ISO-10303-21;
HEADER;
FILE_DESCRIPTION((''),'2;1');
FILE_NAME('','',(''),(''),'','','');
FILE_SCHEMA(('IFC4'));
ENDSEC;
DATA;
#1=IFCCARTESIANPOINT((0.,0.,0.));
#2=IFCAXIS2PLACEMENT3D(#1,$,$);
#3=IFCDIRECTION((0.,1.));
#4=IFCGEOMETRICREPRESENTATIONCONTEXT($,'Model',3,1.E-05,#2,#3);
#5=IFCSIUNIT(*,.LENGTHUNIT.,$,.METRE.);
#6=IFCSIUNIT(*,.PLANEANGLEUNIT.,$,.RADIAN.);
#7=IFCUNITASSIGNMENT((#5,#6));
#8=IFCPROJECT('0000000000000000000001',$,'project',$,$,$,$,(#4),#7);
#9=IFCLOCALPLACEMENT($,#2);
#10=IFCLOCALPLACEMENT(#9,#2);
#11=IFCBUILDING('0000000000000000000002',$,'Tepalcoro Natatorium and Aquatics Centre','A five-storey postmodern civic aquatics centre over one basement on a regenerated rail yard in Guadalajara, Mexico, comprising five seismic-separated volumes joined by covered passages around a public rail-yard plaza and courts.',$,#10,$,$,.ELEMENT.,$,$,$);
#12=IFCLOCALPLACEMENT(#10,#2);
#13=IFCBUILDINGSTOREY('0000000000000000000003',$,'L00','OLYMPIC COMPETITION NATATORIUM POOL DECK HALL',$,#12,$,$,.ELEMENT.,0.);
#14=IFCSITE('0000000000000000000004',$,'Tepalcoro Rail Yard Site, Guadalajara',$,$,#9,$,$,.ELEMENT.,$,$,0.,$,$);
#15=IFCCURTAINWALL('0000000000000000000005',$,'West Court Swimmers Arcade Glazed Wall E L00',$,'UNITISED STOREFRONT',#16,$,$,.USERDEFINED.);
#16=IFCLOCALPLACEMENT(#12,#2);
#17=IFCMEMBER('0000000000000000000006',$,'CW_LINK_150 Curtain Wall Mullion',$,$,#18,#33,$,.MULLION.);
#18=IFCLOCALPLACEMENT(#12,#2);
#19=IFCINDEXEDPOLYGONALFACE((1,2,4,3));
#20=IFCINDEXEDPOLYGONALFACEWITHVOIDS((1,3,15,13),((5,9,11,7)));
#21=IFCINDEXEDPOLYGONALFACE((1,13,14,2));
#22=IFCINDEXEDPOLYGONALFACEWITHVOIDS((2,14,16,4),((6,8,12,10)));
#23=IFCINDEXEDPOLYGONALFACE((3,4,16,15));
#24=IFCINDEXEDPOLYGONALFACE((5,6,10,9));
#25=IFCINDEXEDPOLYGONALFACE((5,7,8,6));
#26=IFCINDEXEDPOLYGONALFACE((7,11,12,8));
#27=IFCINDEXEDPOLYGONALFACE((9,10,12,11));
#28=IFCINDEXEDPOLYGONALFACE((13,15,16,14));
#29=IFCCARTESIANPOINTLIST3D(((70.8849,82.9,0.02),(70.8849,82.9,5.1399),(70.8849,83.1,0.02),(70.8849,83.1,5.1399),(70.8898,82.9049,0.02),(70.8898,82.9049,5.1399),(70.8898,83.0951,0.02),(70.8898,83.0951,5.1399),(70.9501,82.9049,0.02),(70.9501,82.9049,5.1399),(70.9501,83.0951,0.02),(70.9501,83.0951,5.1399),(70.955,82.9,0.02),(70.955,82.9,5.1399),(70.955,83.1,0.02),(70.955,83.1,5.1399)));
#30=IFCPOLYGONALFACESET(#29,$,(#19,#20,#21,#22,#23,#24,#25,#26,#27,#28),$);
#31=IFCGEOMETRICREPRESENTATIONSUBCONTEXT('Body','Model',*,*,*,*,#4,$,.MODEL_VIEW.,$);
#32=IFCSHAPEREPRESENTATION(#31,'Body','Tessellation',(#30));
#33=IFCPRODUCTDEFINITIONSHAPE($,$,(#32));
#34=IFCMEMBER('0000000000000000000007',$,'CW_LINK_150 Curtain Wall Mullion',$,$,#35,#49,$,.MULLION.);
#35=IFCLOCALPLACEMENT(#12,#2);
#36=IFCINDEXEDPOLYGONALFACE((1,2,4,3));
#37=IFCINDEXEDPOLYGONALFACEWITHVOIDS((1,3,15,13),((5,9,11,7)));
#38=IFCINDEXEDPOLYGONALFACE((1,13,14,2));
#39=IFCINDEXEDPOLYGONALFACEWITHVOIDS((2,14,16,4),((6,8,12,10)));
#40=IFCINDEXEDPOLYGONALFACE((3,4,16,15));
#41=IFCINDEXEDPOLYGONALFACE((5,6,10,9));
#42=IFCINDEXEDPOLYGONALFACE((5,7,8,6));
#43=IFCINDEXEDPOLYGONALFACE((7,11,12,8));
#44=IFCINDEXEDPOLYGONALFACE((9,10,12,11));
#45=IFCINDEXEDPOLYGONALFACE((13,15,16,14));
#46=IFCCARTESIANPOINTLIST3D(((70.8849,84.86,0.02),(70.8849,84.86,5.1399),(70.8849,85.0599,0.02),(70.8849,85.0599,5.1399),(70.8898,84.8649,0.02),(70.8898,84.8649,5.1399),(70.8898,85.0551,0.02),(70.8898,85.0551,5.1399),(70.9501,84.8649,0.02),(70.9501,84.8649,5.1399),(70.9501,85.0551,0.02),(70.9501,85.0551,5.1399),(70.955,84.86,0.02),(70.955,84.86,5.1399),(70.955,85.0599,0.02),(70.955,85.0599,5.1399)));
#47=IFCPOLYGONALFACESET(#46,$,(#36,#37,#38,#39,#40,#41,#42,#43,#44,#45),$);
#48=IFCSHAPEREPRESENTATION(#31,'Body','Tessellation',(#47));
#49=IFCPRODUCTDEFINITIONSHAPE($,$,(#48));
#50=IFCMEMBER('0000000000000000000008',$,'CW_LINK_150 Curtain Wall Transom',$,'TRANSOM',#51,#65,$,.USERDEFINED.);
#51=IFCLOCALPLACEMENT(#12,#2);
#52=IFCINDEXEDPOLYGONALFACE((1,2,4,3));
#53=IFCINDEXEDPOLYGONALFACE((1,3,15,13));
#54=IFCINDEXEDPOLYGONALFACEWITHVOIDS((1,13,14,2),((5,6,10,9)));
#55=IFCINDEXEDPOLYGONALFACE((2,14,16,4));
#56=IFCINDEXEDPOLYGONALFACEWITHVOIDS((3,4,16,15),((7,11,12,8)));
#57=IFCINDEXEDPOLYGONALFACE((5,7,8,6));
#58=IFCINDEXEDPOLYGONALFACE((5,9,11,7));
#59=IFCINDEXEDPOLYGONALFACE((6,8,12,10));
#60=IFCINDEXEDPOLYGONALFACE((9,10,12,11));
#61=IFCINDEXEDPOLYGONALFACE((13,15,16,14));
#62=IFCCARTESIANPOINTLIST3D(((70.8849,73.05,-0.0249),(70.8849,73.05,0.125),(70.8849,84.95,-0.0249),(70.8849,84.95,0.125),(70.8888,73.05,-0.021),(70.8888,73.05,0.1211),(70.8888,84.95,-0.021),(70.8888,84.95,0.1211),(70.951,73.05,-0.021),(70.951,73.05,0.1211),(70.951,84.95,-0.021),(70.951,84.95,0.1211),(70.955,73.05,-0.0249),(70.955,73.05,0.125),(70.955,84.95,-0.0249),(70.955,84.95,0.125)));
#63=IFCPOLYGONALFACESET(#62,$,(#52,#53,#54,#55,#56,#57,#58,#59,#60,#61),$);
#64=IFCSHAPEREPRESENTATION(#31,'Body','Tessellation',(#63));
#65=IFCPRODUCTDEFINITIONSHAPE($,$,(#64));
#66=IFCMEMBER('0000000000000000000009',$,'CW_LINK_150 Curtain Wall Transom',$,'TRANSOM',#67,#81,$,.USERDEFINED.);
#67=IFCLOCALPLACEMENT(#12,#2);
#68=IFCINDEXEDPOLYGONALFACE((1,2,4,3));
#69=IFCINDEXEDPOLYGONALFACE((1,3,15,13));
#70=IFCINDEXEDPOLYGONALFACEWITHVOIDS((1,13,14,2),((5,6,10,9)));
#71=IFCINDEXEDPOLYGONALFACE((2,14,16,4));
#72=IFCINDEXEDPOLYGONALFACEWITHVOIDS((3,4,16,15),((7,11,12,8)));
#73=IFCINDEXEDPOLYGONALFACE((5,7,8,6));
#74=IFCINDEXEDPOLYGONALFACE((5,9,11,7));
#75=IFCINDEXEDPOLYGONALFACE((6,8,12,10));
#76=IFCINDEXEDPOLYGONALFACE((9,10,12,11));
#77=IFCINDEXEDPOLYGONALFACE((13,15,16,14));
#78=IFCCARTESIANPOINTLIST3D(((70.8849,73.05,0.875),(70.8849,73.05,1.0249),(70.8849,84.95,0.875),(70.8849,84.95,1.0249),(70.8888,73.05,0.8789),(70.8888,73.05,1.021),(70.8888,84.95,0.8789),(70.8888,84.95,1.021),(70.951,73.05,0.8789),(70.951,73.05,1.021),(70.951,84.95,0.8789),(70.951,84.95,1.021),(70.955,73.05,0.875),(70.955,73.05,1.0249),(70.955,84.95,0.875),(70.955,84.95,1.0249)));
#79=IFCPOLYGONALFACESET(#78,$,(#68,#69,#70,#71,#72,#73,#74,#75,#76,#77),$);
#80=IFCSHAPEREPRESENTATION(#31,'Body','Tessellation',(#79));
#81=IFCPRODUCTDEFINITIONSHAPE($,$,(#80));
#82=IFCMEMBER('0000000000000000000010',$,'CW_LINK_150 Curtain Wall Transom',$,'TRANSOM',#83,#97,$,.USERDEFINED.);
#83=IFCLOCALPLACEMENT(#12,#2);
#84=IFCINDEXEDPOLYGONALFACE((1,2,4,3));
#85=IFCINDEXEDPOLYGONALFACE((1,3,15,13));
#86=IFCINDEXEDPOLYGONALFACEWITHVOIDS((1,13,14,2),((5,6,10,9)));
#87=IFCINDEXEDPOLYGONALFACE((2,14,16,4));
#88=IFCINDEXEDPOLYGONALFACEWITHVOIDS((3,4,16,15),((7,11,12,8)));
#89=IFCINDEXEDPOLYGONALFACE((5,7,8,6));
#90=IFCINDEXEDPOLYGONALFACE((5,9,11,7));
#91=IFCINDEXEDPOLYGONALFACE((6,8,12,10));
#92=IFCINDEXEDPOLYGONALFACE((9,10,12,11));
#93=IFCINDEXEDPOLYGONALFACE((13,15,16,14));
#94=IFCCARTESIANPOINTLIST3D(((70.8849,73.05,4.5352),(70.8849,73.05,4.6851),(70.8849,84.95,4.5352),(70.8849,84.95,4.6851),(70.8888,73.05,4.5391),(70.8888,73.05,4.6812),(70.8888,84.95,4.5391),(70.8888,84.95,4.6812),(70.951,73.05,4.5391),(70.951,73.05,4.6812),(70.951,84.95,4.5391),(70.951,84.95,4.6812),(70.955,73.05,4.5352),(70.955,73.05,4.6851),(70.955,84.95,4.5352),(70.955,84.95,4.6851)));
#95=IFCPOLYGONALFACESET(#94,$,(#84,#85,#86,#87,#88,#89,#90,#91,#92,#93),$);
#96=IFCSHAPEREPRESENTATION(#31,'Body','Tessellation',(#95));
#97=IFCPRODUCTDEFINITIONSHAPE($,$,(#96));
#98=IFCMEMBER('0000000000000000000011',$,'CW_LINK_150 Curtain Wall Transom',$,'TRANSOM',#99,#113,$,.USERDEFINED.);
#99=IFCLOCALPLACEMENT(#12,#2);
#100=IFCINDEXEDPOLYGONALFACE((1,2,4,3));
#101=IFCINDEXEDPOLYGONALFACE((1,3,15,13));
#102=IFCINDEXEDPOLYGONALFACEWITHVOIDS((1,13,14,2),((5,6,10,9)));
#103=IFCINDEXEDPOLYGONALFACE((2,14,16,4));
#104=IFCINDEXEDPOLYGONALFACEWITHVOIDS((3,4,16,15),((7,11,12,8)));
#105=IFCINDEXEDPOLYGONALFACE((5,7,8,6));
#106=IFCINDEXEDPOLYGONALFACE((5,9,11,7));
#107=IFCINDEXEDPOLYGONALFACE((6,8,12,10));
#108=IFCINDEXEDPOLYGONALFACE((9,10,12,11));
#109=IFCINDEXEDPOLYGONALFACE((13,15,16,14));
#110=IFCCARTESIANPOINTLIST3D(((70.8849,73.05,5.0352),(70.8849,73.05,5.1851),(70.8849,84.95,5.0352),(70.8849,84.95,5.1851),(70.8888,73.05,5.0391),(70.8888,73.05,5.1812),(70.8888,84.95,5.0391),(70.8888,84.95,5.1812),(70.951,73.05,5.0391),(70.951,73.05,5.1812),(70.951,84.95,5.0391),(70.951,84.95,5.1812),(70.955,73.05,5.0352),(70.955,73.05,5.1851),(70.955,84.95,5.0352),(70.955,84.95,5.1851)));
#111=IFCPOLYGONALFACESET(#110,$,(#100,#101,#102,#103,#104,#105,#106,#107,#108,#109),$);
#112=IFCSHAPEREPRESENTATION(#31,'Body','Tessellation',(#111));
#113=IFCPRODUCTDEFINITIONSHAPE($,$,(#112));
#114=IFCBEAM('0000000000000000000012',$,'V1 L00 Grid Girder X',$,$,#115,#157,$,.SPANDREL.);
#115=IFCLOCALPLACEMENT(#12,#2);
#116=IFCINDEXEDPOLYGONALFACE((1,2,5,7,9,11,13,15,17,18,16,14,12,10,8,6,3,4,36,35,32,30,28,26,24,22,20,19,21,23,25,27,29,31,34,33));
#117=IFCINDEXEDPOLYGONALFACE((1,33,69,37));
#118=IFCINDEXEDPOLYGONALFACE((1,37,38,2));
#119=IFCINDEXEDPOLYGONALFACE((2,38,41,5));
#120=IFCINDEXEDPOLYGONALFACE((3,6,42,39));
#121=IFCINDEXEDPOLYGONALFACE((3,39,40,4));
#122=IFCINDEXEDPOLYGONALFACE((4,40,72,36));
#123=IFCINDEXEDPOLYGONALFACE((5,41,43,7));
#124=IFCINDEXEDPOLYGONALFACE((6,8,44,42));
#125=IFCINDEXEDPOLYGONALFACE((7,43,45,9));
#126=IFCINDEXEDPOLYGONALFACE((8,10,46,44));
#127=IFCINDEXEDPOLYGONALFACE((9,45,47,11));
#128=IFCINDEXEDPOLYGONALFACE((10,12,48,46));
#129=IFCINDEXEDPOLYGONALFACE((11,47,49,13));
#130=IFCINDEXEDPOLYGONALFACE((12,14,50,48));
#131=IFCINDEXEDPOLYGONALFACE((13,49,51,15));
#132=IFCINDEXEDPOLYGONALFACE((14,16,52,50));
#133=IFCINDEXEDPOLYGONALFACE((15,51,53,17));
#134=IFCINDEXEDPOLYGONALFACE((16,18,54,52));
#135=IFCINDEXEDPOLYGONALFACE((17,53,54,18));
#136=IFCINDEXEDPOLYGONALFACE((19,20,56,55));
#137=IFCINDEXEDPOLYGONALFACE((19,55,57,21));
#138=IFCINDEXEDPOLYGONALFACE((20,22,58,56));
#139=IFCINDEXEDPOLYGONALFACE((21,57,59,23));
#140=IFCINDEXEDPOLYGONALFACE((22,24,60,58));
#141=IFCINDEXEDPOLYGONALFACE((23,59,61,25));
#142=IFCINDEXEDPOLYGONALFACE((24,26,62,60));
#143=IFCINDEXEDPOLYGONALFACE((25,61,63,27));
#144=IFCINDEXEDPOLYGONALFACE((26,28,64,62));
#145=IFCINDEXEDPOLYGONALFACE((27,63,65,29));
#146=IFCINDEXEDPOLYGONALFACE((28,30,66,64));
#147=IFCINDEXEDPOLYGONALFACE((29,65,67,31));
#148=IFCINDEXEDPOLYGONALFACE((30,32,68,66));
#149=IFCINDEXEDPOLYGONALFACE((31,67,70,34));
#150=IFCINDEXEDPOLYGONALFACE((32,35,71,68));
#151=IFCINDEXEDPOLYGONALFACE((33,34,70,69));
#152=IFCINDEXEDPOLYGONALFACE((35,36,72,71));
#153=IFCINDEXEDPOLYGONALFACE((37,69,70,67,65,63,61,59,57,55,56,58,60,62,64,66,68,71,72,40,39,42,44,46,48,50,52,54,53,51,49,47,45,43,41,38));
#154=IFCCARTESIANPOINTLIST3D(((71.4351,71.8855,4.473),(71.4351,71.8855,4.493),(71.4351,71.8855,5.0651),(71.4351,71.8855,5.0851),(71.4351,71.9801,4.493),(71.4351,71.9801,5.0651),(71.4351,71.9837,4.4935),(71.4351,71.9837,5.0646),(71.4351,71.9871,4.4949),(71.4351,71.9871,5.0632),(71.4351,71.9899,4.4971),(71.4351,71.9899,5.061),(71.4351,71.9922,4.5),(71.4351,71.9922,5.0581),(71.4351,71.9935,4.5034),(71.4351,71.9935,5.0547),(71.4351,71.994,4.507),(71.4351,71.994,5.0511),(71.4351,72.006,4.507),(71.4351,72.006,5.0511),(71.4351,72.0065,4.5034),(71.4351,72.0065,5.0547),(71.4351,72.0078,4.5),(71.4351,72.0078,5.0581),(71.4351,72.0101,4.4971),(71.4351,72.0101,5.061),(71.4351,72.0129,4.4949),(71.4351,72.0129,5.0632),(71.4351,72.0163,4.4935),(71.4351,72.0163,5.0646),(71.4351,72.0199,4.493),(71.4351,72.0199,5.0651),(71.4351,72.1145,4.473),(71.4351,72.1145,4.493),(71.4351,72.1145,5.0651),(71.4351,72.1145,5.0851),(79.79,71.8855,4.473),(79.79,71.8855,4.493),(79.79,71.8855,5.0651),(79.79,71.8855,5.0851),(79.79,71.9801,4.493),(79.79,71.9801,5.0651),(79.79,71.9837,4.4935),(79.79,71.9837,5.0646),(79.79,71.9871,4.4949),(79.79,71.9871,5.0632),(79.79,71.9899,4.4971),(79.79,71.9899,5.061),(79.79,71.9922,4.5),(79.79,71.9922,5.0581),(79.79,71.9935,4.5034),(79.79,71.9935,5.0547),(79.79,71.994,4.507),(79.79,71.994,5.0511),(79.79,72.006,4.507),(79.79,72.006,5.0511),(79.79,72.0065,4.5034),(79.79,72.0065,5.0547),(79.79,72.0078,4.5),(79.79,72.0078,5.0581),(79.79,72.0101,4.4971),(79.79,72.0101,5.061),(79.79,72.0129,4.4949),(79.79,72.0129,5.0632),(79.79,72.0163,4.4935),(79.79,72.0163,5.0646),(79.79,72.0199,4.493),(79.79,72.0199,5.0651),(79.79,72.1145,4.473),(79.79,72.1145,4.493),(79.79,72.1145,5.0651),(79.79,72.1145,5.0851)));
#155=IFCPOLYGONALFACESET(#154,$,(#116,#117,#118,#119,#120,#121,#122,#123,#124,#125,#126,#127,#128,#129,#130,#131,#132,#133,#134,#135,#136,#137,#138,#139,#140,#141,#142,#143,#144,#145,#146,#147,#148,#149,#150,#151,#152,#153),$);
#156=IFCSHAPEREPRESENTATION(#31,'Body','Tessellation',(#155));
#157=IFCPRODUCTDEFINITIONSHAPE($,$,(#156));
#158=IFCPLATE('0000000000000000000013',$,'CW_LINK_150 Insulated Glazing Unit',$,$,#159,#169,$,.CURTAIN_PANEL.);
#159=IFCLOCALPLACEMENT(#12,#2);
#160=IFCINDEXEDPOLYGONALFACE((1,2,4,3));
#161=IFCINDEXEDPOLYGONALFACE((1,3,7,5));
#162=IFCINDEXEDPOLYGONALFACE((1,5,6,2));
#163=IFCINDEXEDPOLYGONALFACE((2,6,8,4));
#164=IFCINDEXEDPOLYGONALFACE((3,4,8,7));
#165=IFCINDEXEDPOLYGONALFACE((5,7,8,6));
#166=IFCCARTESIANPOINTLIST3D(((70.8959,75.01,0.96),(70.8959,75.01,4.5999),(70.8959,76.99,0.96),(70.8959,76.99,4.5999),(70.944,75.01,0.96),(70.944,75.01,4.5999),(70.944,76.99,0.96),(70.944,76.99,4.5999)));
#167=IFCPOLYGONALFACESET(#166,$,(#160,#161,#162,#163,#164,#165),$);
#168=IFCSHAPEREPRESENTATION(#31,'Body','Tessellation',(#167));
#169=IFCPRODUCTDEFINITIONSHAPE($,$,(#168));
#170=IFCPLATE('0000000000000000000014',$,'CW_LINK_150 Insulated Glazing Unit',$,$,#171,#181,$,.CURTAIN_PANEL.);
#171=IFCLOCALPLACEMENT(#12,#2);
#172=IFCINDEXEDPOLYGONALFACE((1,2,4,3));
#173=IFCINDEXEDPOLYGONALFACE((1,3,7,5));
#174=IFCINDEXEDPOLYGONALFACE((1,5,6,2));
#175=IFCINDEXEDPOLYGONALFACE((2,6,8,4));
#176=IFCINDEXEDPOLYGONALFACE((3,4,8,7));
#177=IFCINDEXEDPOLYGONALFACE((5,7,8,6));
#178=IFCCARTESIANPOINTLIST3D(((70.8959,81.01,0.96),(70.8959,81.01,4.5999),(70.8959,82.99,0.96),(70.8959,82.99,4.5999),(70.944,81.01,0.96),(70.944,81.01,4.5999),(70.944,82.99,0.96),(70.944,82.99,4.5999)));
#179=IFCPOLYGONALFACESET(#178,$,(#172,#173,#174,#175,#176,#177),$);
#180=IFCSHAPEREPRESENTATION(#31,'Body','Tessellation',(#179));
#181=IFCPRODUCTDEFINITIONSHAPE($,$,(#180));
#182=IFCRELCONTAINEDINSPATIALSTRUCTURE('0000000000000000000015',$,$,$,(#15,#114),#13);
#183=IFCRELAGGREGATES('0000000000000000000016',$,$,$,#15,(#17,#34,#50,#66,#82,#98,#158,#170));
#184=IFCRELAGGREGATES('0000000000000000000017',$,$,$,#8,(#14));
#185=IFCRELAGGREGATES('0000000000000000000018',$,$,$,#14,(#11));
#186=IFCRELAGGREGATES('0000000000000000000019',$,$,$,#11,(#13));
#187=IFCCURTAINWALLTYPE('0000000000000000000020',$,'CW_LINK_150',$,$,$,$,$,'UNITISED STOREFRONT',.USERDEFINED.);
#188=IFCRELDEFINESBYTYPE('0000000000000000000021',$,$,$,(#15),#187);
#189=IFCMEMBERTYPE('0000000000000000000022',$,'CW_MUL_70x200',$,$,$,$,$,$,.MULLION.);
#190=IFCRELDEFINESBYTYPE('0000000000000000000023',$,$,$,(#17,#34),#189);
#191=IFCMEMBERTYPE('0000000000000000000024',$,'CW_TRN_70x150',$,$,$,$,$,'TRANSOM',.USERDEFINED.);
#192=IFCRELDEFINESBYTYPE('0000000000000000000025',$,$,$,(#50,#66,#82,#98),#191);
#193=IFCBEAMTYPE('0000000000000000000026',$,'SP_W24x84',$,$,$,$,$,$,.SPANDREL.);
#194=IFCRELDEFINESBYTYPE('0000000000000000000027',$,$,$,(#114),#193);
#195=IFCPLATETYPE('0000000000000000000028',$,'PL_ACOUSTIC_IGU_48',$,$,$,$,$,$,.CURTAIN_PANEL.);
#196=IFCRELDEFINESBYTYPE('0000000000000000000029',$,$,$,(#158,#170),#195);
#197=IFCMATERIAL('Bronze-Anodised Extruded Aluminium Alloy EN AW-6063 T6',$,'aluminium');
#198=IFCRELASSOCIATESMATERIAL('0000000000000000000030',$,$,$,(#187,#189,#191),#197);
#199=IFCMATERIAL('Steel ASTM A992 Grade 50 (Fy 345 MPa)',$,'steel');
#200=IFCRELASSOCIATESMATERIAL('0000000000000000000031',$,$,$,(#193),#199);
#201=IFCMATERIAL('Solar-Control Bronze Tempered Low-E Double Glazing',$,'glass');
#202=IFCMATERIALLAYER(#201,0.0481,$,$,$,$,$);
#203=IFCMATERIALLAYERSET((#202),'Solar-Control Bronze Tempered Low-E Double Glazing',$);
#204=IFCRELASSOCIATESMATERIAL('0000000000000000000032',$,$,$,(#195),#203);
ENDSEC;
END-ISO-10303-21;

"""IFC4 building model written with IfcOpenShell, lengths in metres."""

from ifc_helpers import new_model, si_unit, direction, frame, origin, origin_2d, place, context, subcontext, project, spatial, rectangle, hollow_rectangle, i_section, extrude, material, layer, layer_set, material_profile, profile_set, type_object, element, aggregate, save


model = new_model("IFC4")

# Units and contexts
model_context = context("Model", 3, precision=1e-05, world=origin(), true_north=direction((0.0, 1.0)))
body_context = subcontext(model_context, "Body", "Model", "MODEL_VIEW")
ifc_project = project(units=[si_unit("LENGTHUNIT", "METRE"), si_unit("PLANEANGLEUNIT", "RADIAN")], contexts=[model_context])

# Site, building, storey
site_placement = place(None, origin())
site = spatial("IfcSite", under=ifc_project, at=site_placement, Name="Tepalcoro Rail Yard Site, Guadalajara", CompositionType="ELEMENT", RefElevation=0.0)
building_placement = place(site_placement, origin())
building = spatial("IfcBuilding", under=site, at=building_placement, Name="Tepalcoro Natatorium and Aquatics Centre", Description="A five-storey postmodern civic aquatics centre over one basement on a regenerated rail yard in Guadalajara, Mexico, comprising five seismic-separated volumes joined by covered passages around a public rail-yard plaza and courts.", CompositionType="ELEMENT")
storey_placement = place(building_placement, origin())
storey = spatial("IfcBuildingStorey", under=building, at=storey_placement, Name="L00", Description="OLYMPIC COMPETITION NATATORIUM POOL DECK HALL", CompositionType="ELEMENT", Elevation=0.0)

# Shared definitions
ifc_material_1 = material(Name="Steel ASTM A992 Grade 50 (Fy 345 MPa)", Category="steel")

# Curtain wall, members
ifc_material_2 = material(Name="Bronze-Anodised Extruded Aluminium Alloy EN AW-6063 T6", Category="aluminium")
curtain_wall_type = type_object("IfcCurtainWallType", Name="CW_LINK_150", ElementType="UNITISED STOREFRONT", PredefinedType="USERDEFINED", material=ifc_material_2)
curtain_wall_placement = place(storey_placement, origin())
curtain_wall = element("IfcCurtainWall", 1, at=curtain_wall_placement, inside=storey, type_object=curtain_wall_type, Name="West Court Swimmers Arcade Glazed Wall E L00", ObjectType="UNITISED STOREFRONT", PredefinedType="USERDEFINED")
ifc_material_profile_1 = material_profile(ifc_material_2, hollow_rectangle(XDim=0.0701, YDim=0.2, WallThickness=0.0049, at=origin_2d()), Name="AL70X200X5")
ifc_profile_set_1 = profile_set([ifc_material_profile_1], Name="Bronze-Anodised Extruded Aluminium Alloy EN AW-6063 T6")
member_type_1 = type_object("IfcMemberType", Name="CW_MUL_70x200", PredefinedType="MULLION", material=ifc_profile_set_1)
member_1_placement = place(storey_placement, frame((70.9199, 83.0, 0.02), z_axis=(0.0, 0.0, 1.0), x_axis=(1.0, 0.0, 0.0)))
member_1 = element("IfcMember", 2, at=member_1_placement, type_object=member_type_1, Name="CW_LINK_150 Curtain Wall Mullion", PredefinedType="MULLION", context=body_context, shape_type="SweptSolid", body=[
    extrude(hollow_rectangle(XDim=0.0701, YDim=0.2, WallThickness=0.0049, at=origin_2d()), origin(), (0.0, 0.0, 1.0), 5.1199),
])
member_2_placement = place(storey_placement, frame((70.9199, 84.96, 0.02), z_axis=(0.0, 0.0, 1.0), x_axis=(1.0, 0.0, 0.0)))
member_2 = element("IfcMember", 3, at=member_2_placement, type_object=member_type_1, Name="CW_LINK_150 Curtain Wall Mullion", PredefinedType="MULLION", context=body_context, shape_type="SweptSolid", body=[
    extrude(hollow_rectangle(XDim=0.0701, YDim=0.2, WallThickness=0.0049, at=origin_2d()), origin(), (0.0, 0.0, 1.0), 5.1199),
])
ifc_material_profile_2 = material_profile(ifc_material_2, hollow_rectangle(XDim=0.0701, YDim=0.1499, WallThickness=0.0039, at=origin_2d()), Name="AL70X150X4")
ifc_profile_set_2 = profile_set([ifc_material_profile_2], Name="Bronze-Anodised Extruded Aluminium Alloy EN AW-6063 T6")
member_type_2 = type_object("IfcMemberType", Name="CW_TRN_70x150", ElementType="TRANSOM", PredefinedType="USERDEFINED", material=ifc_profile_set_2)
member_3_placement = place(storey_placement, frame((70.9199, 73.05, 0.05), z_axis=(0.0, 1.0, 0.0), x_axis=(-1.0, 0.0, 0.0)))
member_3 = element("IfcMember", 4, at=member_3_placement, type_object=member_type_2, Name="CW_LINK_150 Curtain Wall Transom", ObjectType="TRANSOM", PredefinedType="USERDEFINED", context=body_context, shape_type="SweptSolid", body=[
    extrude(hollow_rectangle(XDim=0.0701, YDim=0.1499, WallThickness=0.0039, at=origin_2d()), origin(), (0.0, 0.0, 1.0), 11.8999),
])
member_4_placement = place(storey_placement, frame((70.9199, 73.05, 0.95), z_axis=(0.0, 1.0, 0.0), x_axis=(-1.0, 0.0, 0.0)))
member_4 = element("IfcMember", 5, at=member_4_placement, type_object=member_type_2, Name="CW_LINK_150 Curtain Wall Transom", ObjectType="TRANSOM", PredefinedType="USERDEFINED", context=body_context, shape_type="SweptSolid", body=[
    extrude(hollow_rectangle(XDim=0.0701, YDim=0.1499, WallThickness=0.0039, at=origin_2d()), origin(), (0.0, 0.0, 1.0), 11.8999),
])
member_5_placement = place(storey_placement, frame((70.9199, 73.05, 4.6101), z_axis=(0.0, 1.0, 0.0), x_axis=(-1.0, 0.0, 0.0)))
member_5 = element("IfcMember", 6, at=member_5_placement, type_object=member_type_2, Name="CW_LINK_150 Curtain Wall Transom", ObjectType="TRANSOM", PredefinedType="USERDEFINED", context=body_context, shape_type="SweptSolid", body=[
    extrude(hollow_rectangle(XDim=0.0701, YDim=0.1499, WallThickness=0.0039, at=origin_2d()), origin(), (0.0, 0.0, 1.0), 11.8999),
])
member_6_placement = place(storey_placement, frame((70.9199, 73.05, 5.1101), z_axis=(0.0, 1.0, 0.0), x_axis=(-1.0, 0.0, 0.0)))
member_6 = element("IfcMember", 7, at=member_6_placement, type_object=member_type_2, Name="CW_LINK_150 Curtain Wall Transom", ObjectType="TRANSOM", PredefinedType="USERDEFINED", context=body_context, shape_type="SweptSolid", body=[
    extrude(hollow_rectangle(XDim=0.0701, YDim=0.1499, WallThickness=0.0039, at=origin_2d()), origin(), (0.0, 0.0, 1.0), 11.8999),
])

# Beam
ifc_material_profile_3 = material_profile(ifc_material_1, i_section(OverallWidth=0.229, OverallDepth=0.6121, WebThickness=0.012, FlangeThickness=0.02, FilletRadius=0.0139, at=origin_2d()), Name="W24X84")
ifc_profile_set_3 = profile_set([ifc_material_profile_3], Name="Steel ASTM A992 Grade 50 (Fy 345 MPa)")
beam_type_1 = type_object("IfcBeamType", Name="SP_W24x84", PredefinedType="SPANDREL", material=ifc_profile_set_3)
beam_1_placement = place(storey_placement, frame((71.4351, 72.0, 4.7791), z_axis=(1.0, 0.0, 0.0), x_axis=(0.0, 1.0, 0.0)))
element("IfcBeam", 8, at=beam_1_placement, inside=storey, type_object=beam_type_1, Name="V1 L00 Grid Girder X", PredefinedType="SPANDREL", context=body_context, shape_type="SweptSolid", body=[
    extrude(i_section(OverallWidth=0.229, OverallDepth=0.6121, WebThickness=0.012, FlangeThickness=0.02, FilletRadius=0.0139, at=origin_2d()), origin(), (0.0, 0.0, 1.0), 8.355),
])

# Plates
ifc_material_3 = material(Name="Solar-Control Bronze Tempered Low-E Double Glazing", Category="glass")
ifc_layer_1 = layer(ifc_material_3, 0.0481)
ifc_layer_set_1 = layer_set([ifc_layer_1], Name="Solar-Control Bronze Tempered Low-E Double Glazing")
plate_type_1 = type_object("IfcPlateType", Name="PL_ACOUSTIC_IGU_48", PredefinedType="CURTAIN_PANEL", material=ifc_layer_set_1)
plate_1_placement = place(storey_placement, frame((70.9199, 76.0, 0.96), z_axis=(0.0, 0.0, 1.0), x_axis=(1.0, 0.0, 0.0)))
plate_1 = element("IfcPlate", 9, at=plate_1_placement, type_object=plate_type_1, Name="CW_LINK_150 Insulated Glazing Unit", PredefinedType="CURTAIN_PANEL", context=body_context, shape_type="SweptSolid", body=[
    extrude(rectangle(XDim=0.0481, YDim=1.98, at=origin_2d()), origin(), (0.0, 0.0, 1.0), 3.6399),
])
plate_2_placement = place(storey_placement, frame((70.9199, 82.0, 0.96), z_axis=(0.0, 0.0, 1.0), x_axis=(1.0, 0.0, 0.0)))
plate_2 = element("IfcPlate", 10, at=plate_2_placement, type_object=plate_type_1, Name="CW_LINK_150 Insulated Glazing Unit", PredefinedType="CURTAIN_PANEL", context=body_context, shape_type="SweptSolid", body=[
    extrude(rectangle(XDim=0.0481, YDim=1.98, at=origin_2d()), origin(), (0.0, 0.0, 1.0), 3.6399),
])
aggregate(curtain_wall, [member_1, member_2, member_3, member_4, member_5, member_6, plate_1, plate_2])

save(model, "model.ifc")
